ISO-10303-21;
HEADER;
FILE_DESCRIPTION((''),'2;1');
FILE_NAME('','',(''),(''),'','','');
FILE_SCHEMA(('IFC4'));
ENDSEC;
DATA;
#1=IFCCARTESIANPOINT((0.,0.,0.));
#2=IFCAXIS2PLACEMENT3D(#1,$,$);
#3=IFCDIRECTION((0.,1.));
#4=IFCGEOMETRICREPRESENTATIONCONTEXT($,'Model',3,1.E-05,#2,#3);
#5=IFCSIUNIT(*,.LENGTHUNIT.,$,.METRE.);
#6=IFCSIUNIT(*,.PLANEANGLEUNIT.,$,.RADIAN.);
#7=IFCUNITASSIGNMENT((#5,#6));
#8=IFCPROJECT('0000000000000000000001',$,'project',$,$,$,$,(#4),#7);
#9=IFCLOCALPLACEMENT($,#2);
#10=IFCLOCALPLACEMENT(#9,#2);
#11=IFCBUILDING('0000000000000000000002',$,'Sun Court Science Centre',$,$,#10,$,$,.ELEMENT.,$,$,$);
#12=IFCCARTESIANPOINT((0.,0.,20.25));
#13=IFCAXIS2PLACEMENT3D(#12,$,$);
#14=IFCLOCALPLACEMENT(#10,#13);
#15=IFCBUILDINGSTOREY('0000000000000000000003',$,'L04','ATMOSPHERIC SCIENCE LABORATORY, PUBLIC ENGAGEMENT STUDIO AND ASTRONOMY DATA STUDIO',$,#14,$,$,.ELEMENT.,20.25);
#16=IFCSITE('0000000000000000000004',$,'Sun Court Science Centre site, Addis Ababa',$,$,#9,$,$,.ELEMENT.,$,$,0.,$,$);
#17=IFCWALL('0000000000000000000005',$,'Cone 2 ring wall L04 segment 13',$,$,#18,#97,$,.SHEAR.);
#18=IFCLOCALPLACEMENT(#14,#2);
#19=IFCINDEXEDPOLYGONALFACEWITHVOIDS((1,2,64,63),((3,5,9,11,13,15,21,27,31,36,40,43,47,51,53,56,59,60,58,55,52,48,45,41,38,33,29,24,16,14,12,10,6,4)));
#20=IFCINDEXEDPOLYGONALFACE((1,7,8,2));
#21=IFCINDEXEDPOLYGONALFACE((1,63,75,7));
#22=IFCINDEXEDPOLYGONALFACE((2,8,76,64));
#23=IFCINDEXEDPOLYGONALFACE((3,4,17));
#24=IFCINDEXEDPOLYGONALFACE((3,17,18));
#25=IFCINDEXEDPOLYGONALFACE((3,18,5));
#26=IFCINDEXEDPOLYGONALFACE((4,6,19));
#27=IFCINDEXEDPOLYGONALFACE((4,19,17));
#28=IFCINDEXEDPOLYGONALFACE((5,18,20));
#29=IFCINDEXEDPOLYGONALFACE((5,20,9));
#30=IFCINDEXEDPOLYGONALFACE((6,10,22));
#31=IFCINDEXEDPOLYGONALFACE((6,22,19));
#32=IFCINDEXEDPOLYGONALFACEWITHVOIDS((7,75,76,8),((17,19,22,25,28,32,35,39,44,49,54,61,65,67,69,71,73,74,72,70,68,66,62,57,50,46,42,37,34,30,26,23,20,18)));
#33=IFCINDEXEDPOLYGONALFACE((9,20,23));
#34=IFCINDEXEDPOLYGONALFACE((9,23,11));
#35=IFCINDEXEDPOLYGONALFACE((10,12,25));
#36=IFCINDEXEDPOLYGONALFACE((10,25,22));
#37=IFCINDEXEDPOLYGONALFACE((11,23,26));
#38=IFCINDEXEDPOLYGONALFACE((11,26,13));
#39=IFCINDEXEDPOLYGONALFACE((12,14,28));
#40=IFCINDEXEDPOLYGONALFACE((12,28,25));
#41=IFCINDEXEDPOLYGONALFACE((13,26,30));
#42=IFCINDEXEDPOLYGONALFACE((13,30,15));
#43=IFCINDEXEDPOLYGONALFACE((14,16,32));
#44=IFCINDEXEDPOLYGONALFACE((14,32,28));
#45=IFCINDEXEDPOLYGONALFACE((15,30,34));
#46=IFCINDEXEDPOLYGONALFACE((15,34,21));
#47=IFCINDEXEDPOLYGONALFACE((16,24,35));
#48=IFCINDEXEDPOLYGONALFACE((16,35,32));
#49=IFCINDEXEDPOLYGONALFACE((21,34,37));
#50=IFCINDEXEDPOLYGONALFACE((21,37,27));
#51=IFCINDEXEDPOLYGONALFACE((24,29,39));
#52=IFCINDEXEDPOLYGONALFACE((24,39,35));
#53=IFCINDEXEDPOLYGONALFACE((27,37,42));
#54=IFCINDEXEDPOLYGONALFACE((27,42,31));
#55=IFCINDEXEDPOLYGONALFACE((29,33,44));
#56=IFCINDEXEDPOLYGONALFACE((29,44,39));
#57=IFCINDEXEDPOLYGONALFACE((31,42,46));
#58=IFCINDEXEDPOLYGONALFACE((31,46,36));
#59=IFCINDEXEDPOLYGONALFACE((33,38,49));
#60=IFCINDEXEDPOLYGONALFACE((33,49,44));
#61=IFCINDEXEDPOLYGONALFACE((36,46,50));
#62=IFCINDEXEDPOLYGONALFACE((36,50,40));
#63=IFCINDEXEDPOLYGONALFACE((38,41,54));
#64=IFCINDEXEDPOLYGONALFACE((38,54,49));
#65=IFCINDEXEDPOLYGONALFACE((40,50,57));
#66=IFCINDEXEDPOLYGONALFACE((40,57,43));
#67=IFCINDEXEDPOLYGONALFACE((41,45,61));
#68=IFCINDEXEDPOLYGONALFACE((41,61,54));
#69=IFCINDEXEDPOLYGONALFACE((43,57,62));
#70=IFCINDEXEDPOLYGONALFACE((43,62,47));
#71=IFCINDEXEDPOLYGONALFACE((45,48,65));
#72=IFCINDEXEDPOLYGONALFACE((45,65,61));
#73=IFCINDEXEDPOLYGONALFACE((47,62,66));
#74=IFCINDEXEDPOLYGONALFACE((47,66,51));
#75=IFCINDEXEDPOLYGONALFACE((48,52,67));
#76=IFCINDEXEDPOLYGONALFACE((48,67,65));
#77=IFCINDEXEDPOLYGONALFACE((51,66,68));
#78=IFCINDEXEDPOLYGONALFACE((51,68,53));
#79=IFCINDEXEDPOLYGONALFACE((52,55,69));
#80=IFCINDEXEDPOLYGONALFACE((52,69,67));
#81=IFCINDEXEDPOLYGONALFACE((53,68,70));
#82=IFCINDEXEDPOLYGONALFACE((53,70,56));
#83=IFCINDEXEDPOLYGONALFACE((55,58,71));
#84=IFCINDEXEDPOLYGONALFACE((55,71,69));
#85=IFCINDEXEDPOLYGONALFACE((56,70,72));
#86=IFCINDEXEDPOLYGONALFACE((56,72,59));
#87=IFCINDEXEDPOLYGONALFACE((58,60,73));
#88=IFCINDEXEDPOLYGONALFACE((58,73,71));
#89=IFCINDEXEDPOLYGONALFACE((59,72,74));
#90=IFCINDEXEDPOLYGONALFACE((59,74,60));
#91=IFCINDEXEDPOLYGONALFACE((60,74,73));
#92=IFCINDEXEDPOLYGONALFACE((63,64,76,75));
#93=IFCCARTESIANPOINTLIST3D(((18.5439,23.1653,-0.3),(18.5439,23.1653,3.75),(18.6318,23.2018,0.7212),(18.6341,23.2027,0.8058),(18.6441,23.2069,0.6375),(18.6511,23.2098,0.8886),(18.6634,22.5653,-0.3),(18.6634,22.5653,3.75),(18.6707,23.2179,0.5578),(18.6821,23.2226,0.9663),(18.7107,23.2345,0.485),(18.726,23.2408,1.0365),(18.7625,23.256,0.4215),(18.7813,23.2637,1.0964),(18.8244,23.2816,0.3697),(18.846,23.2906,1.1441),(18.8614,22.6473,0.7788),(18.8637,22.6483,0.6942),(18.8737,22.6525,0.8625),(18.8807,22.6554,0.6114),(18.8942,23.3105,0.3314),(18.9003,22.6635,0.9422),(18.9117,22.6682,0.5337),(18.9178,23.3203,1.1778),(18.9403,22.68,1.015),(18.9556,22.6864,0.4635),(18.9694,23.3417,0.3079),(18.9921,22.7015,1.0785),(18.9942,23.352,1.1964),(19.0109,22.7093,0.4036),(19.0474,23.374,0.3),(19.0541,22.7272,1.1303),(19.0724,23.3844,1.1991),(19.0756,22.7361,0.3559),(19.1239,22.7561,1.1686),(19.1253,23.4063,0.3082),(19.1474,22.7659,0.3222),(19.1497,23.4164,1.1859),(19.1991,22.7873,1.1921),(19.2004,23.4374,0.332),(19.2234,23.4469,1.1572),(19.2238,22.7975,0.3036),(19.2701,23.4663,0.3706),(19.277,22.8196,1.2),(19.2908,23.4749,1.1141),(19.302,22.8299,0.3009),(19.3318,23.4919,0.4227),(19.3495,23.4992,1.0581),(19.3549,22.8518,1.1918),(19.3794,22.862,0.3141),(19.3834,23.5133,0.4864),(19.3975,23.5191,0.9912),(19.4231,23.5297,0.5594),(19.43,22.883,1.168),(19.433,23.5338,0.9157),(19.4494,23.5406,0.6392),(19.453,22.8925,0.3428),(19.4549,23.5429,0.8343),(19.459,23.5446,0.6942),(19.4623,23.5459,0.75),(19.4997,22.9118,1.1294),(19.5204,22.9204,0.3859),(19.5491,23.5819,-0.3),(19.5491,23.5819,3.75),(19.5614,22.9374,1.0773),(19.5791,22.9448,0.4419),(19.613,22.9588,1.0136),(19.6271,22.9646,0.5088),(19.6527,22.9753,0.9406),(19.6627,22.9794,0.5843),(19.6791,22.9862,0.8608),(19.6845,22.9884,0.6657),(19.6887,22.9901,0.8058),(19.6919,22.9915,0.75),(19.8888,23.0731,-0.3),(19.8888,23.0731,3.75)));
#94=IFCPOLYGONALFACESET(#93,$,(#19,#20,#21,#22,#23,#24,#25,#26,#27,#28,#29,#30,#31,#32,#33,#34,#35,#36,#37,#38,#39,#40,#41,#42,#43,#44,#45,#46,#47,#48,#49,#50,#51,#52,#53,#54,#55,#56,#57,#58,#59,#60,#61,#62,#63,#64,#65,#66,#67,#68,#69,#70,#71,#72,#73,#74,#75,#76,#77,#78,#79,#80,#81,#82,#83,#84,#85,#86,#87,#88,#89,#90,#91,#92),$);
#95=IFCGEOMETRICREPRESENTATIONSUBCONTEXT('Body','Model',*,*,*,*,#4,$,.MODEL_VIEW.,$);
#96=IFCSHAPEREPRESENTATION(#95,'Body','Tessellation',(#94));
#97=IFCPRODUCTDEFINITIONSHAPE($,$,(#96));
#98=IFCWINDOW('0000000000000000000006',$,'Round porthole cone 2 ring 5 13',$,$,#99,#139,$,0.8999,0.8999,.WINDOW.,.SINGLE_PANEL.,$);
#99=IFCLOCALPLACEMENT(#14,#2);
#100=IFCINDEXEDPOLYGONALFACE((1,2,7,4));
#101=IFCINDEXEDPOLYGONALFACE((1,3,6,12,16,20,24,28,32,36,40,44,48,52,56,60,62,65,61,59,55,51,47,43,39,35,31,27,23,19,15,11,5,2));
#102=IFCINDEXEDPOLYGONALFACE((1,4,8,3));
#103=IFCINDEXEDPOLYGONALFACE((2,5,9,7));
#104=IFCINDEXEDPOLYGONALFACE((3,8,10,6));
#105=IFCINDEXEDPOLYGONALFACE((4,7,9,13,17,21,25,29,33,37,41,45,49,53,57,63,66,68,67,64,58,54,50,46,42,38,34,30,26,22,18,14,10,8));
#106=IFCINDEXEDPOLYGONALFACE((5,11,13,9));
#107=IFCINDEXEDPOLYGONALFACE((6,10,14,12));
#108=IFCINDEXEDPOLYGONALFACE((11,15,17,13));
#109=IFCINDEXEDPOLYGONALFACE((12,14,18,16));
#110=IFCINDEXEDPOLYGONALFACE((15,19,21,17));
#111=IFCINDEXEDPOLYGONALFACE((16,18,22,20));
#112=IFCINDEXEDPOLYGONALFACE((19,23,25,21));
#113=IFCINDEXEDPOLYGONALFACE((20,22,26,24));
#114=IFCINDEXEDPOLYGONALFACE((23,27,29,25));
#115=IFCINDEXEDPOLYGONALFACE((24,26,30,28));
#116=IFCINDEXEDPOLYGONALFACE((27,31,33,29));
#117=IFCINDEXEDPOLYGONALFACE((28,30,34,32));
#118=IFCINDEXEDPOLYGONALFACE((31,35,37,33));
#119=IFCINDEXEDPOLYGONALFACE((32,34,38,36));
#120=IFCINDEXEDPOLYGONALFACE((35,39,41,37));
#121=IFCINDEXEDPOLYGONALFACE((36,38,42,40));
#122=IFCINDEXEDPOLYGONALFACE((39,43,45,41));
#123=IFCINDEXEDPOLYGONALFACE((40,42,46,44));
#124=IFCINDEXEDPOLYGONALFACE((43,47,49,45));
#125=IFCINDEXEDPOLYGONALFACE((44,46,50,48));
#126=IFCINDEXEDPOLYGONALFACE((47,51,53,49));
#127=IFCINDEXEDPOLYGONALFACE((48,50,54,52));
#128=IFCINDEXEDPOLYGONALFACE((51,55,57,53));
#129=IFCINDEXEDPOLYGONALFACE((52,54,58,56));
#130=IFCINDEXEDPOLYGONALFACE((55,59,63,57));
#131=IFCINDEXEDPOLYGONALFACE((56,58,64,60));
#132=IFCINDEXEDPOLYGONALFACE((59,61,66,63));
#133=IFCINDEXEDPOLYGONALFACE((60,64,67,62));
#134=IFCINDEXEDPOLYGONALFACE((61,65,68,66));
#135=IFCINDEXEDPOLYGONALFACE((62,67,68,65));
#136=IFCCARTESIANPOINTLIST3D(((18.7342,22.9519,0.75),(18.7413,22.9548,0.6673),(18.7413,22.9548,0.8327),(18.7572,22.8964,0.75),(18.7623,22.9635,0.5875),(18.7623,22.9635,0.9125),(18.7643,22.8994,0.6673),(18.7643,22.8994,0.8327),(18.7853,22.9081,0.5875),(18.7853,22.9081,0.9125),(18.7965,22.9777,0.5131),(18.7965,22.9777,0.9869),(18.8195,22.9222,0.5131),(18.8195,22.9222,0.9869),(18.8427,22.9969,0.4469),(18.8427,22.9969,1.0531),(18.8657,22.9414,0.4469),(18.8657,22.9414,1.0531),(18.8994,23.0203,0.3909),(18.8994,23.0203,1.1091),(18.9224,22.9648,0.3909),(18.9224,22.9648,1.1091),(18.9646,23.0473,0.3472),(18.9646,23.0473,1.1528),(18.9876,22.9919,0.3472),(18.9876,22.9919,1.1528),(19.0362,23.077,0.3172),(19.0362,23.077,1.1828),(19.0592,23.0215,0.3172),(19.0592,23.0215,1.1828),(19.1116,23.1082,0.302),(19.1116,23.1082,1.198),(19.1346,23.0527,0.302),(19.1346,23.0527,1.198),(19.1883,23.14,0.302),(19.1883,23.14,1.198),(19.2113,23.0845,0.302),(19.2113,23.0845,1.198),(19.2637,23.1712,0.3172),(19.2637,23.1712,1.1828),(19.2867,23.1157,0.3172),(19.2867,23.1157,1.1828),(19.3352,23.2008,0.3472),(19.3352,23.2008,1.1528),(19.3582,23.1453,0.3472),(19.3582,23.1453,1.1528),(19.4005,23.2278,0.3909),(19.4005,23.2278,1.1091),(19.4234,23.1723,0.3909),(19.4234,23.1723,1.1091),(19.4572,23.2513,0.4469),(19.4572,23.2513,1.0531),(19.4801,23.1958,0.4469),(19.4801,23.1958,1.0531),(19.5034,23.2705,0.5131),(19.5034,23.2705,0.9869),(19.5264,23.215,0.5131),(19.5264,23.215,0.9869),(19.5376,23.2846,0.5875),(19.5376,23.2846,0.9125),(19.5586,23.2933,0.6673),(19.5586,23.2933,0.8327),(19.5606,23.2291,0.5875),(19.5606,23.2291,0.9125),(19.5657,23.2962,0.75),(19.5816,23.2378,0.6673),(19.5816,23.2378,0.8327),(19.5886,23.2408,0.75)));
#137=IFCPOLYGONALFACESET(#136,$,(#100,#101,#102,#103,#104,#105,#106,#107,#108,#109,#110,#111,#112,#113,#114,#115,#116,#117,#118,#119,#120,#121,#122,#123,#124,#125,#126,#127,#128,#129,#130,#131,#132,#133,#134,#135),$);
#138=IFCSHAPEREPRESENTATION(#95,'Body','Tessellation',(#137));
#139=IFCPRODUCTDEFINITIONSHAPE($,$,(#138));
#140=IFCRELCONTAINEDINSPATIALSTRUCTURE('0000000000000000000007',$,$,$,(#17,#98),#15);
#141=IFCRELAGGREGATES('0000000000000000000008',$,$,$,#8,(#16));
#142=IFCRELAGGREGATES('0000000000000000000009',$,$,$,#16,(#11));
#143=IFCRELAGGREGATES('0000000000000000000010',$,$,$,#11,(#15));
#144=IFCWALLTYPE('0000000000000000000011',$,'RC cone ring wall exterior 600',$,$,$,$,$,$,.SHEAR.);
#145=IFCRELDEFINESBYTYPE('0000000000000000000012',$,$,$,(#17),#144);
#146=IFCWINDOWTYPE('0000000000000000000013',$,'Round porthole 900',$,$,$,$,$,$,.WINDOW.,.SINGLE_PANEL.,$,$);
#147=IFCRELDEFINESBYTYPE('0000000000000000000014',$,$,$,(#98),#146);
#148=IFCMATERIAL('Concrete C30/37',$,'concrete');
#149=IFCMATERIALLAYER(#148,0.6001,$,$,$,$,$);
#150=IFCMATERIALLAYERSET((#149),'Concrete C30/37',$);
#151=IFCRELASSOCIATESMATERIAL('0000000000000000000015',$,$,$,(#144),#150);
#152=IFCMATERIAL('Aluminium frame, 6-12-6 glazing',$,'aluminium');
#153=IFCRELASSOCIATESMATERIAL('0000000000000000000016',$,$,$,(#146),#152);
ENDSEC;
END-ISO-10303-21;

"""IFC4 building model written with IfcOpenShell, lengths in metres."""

from ifc_helpers import new_model, si_unit, direction, frame, frame_2d, origin, place, context, subcontext, project, spatial, polyline, circle, outline, extrude, material, layer, layer_set, type_object, element, fill, save


model = new_model("IFC4")

# Units and contexts
model_context = context("Model", 3, precision=1e-05, world=origin(), true_north=direction((0.0, 1.0)))
body_context = subcontext(model_context, "Body", "Model", "MODEL_VIEW")
ifc_project = project(units=[si_unit("LENGTHUNIT", "METRE"), si_unit("PLANEANGLEUNIT", "RADIAN")], contexts=[model_context])

# Site, building, storey
site_placement = place(None, origin())
site = spatial("IfcSite", under=ifc_project, at=site_placement, Name="Sun Court Science Centre site, Addis Ababa", CompositionType="ELEMENT", RefElevation=0.0)
building_placement = place(site_placement, origin())
building = spatial("IfcBuilding", under=site, at=building_placement, Name="Sun Court Science Centre", CompositionType="ELEMENT")
storey_placement = place(building_placement, frame((0.0, 0.0, 20.25)))
storey = spatial("IfcBuildingStorey", under=building, at=storey_placement, Name="L04", Description="ATMOSPHERIC SCIENCE LABORATORY, PUBLIC ENGAGEMENT STUDIO AND ASTRONOMY DATA STUDIO", CompositionType="ELEMENT", Elevation=20.25)

# Wall, opening, window
ifc_material_1 = material(Name="Concrete C30/37", Category="concrete")
ifc_layer = layer(ifc_material_1, 0.6001)
ifc_layer_set = layer_set([ifc_layer], Name="Concrete C30/37")
wall_type = type_object("IfcWallType", Name="RC cone ring wall exterior 600", PredefinedType="SHEAR", material=ifc_layer_set)
wall_1_placement = place(storey_placement, frame((18.5486, 22.8425, -0.3), z_axis=(0.0, 0.0, 1.0), x_axis=(0.923902, 0.382628, 0.0)))
wall_1 = element("IfcWall", 1, at=wall_1_placement, inside=storey, type_object=wall_type, Name="Cone 2 ring wall L04 segment 13", PredefinedType="SHEAR", context=body_context, shape_type="SweptSolid", body=[
    extrude(outline(polyline([(0.0, -0.3), (1.3264, -0.2998), (1.2073, 0.3003), (0.1191, 0.3), (0.0, -0.3)])), origin(), (0.0, 0.0, 1.0), 4.05),
])
opening_1_placement = place(wall_1_placement, frame((0.2134, 0.0, 0.6001)))
opening_1 = element("IfcOpeningElement", 2, at=opening_1_placement, cuts=wall_1, PredefinedType="OPENING", context=body_context, shape_type="SweptSolid", body=[
    extrude(circle(Radius=0.45, at=frame_2d((0.45, 0.45))), frame((0.0, 0.3101, 0.0), z_axis=(0.0, -1.0, 0.0), x_axis=(1.0, 0.0, 0.0)), (0.0, 0.0, 1.0), 0.6201),
])
ifc_material_2 = material(Name="Aluminium frame, 6-12-6 glazing", Category="aluminium")
window_type = type_object("IfcWindowType", Name="Round porthole 900", PartitioningType="SINGLE_PANEL", PredefinedType="WINDOW", material=ifc_material_2)
window_1_placement = place(opening_1_placement, origin())
window_1 = element("IfcWindow", 3, at=window_1_placement, inside=storey, type_object=window_type, Name="Round porthole cone 2 ring 5 13", OverallHeight=0.8999, OverallWidth=0.8999, PartitioningType="SINGLE_PANEL", PredefinedType="WINDOW", context=body_context, shape_type="SweptSolid", body=[
    extrude(circle(Radius=0.45, at=frame_2d((0.45, 0.45))), frame((0.0, 0.03, 0.0), z_axis=(0.0, -1.0, 0.0), x_axis=(1.0, 0.0, 0.0)), (0.0, 0.0, 1.0), 0.0601),
])
fill(opening_1, window_1)

save(model, "model.ifc")
